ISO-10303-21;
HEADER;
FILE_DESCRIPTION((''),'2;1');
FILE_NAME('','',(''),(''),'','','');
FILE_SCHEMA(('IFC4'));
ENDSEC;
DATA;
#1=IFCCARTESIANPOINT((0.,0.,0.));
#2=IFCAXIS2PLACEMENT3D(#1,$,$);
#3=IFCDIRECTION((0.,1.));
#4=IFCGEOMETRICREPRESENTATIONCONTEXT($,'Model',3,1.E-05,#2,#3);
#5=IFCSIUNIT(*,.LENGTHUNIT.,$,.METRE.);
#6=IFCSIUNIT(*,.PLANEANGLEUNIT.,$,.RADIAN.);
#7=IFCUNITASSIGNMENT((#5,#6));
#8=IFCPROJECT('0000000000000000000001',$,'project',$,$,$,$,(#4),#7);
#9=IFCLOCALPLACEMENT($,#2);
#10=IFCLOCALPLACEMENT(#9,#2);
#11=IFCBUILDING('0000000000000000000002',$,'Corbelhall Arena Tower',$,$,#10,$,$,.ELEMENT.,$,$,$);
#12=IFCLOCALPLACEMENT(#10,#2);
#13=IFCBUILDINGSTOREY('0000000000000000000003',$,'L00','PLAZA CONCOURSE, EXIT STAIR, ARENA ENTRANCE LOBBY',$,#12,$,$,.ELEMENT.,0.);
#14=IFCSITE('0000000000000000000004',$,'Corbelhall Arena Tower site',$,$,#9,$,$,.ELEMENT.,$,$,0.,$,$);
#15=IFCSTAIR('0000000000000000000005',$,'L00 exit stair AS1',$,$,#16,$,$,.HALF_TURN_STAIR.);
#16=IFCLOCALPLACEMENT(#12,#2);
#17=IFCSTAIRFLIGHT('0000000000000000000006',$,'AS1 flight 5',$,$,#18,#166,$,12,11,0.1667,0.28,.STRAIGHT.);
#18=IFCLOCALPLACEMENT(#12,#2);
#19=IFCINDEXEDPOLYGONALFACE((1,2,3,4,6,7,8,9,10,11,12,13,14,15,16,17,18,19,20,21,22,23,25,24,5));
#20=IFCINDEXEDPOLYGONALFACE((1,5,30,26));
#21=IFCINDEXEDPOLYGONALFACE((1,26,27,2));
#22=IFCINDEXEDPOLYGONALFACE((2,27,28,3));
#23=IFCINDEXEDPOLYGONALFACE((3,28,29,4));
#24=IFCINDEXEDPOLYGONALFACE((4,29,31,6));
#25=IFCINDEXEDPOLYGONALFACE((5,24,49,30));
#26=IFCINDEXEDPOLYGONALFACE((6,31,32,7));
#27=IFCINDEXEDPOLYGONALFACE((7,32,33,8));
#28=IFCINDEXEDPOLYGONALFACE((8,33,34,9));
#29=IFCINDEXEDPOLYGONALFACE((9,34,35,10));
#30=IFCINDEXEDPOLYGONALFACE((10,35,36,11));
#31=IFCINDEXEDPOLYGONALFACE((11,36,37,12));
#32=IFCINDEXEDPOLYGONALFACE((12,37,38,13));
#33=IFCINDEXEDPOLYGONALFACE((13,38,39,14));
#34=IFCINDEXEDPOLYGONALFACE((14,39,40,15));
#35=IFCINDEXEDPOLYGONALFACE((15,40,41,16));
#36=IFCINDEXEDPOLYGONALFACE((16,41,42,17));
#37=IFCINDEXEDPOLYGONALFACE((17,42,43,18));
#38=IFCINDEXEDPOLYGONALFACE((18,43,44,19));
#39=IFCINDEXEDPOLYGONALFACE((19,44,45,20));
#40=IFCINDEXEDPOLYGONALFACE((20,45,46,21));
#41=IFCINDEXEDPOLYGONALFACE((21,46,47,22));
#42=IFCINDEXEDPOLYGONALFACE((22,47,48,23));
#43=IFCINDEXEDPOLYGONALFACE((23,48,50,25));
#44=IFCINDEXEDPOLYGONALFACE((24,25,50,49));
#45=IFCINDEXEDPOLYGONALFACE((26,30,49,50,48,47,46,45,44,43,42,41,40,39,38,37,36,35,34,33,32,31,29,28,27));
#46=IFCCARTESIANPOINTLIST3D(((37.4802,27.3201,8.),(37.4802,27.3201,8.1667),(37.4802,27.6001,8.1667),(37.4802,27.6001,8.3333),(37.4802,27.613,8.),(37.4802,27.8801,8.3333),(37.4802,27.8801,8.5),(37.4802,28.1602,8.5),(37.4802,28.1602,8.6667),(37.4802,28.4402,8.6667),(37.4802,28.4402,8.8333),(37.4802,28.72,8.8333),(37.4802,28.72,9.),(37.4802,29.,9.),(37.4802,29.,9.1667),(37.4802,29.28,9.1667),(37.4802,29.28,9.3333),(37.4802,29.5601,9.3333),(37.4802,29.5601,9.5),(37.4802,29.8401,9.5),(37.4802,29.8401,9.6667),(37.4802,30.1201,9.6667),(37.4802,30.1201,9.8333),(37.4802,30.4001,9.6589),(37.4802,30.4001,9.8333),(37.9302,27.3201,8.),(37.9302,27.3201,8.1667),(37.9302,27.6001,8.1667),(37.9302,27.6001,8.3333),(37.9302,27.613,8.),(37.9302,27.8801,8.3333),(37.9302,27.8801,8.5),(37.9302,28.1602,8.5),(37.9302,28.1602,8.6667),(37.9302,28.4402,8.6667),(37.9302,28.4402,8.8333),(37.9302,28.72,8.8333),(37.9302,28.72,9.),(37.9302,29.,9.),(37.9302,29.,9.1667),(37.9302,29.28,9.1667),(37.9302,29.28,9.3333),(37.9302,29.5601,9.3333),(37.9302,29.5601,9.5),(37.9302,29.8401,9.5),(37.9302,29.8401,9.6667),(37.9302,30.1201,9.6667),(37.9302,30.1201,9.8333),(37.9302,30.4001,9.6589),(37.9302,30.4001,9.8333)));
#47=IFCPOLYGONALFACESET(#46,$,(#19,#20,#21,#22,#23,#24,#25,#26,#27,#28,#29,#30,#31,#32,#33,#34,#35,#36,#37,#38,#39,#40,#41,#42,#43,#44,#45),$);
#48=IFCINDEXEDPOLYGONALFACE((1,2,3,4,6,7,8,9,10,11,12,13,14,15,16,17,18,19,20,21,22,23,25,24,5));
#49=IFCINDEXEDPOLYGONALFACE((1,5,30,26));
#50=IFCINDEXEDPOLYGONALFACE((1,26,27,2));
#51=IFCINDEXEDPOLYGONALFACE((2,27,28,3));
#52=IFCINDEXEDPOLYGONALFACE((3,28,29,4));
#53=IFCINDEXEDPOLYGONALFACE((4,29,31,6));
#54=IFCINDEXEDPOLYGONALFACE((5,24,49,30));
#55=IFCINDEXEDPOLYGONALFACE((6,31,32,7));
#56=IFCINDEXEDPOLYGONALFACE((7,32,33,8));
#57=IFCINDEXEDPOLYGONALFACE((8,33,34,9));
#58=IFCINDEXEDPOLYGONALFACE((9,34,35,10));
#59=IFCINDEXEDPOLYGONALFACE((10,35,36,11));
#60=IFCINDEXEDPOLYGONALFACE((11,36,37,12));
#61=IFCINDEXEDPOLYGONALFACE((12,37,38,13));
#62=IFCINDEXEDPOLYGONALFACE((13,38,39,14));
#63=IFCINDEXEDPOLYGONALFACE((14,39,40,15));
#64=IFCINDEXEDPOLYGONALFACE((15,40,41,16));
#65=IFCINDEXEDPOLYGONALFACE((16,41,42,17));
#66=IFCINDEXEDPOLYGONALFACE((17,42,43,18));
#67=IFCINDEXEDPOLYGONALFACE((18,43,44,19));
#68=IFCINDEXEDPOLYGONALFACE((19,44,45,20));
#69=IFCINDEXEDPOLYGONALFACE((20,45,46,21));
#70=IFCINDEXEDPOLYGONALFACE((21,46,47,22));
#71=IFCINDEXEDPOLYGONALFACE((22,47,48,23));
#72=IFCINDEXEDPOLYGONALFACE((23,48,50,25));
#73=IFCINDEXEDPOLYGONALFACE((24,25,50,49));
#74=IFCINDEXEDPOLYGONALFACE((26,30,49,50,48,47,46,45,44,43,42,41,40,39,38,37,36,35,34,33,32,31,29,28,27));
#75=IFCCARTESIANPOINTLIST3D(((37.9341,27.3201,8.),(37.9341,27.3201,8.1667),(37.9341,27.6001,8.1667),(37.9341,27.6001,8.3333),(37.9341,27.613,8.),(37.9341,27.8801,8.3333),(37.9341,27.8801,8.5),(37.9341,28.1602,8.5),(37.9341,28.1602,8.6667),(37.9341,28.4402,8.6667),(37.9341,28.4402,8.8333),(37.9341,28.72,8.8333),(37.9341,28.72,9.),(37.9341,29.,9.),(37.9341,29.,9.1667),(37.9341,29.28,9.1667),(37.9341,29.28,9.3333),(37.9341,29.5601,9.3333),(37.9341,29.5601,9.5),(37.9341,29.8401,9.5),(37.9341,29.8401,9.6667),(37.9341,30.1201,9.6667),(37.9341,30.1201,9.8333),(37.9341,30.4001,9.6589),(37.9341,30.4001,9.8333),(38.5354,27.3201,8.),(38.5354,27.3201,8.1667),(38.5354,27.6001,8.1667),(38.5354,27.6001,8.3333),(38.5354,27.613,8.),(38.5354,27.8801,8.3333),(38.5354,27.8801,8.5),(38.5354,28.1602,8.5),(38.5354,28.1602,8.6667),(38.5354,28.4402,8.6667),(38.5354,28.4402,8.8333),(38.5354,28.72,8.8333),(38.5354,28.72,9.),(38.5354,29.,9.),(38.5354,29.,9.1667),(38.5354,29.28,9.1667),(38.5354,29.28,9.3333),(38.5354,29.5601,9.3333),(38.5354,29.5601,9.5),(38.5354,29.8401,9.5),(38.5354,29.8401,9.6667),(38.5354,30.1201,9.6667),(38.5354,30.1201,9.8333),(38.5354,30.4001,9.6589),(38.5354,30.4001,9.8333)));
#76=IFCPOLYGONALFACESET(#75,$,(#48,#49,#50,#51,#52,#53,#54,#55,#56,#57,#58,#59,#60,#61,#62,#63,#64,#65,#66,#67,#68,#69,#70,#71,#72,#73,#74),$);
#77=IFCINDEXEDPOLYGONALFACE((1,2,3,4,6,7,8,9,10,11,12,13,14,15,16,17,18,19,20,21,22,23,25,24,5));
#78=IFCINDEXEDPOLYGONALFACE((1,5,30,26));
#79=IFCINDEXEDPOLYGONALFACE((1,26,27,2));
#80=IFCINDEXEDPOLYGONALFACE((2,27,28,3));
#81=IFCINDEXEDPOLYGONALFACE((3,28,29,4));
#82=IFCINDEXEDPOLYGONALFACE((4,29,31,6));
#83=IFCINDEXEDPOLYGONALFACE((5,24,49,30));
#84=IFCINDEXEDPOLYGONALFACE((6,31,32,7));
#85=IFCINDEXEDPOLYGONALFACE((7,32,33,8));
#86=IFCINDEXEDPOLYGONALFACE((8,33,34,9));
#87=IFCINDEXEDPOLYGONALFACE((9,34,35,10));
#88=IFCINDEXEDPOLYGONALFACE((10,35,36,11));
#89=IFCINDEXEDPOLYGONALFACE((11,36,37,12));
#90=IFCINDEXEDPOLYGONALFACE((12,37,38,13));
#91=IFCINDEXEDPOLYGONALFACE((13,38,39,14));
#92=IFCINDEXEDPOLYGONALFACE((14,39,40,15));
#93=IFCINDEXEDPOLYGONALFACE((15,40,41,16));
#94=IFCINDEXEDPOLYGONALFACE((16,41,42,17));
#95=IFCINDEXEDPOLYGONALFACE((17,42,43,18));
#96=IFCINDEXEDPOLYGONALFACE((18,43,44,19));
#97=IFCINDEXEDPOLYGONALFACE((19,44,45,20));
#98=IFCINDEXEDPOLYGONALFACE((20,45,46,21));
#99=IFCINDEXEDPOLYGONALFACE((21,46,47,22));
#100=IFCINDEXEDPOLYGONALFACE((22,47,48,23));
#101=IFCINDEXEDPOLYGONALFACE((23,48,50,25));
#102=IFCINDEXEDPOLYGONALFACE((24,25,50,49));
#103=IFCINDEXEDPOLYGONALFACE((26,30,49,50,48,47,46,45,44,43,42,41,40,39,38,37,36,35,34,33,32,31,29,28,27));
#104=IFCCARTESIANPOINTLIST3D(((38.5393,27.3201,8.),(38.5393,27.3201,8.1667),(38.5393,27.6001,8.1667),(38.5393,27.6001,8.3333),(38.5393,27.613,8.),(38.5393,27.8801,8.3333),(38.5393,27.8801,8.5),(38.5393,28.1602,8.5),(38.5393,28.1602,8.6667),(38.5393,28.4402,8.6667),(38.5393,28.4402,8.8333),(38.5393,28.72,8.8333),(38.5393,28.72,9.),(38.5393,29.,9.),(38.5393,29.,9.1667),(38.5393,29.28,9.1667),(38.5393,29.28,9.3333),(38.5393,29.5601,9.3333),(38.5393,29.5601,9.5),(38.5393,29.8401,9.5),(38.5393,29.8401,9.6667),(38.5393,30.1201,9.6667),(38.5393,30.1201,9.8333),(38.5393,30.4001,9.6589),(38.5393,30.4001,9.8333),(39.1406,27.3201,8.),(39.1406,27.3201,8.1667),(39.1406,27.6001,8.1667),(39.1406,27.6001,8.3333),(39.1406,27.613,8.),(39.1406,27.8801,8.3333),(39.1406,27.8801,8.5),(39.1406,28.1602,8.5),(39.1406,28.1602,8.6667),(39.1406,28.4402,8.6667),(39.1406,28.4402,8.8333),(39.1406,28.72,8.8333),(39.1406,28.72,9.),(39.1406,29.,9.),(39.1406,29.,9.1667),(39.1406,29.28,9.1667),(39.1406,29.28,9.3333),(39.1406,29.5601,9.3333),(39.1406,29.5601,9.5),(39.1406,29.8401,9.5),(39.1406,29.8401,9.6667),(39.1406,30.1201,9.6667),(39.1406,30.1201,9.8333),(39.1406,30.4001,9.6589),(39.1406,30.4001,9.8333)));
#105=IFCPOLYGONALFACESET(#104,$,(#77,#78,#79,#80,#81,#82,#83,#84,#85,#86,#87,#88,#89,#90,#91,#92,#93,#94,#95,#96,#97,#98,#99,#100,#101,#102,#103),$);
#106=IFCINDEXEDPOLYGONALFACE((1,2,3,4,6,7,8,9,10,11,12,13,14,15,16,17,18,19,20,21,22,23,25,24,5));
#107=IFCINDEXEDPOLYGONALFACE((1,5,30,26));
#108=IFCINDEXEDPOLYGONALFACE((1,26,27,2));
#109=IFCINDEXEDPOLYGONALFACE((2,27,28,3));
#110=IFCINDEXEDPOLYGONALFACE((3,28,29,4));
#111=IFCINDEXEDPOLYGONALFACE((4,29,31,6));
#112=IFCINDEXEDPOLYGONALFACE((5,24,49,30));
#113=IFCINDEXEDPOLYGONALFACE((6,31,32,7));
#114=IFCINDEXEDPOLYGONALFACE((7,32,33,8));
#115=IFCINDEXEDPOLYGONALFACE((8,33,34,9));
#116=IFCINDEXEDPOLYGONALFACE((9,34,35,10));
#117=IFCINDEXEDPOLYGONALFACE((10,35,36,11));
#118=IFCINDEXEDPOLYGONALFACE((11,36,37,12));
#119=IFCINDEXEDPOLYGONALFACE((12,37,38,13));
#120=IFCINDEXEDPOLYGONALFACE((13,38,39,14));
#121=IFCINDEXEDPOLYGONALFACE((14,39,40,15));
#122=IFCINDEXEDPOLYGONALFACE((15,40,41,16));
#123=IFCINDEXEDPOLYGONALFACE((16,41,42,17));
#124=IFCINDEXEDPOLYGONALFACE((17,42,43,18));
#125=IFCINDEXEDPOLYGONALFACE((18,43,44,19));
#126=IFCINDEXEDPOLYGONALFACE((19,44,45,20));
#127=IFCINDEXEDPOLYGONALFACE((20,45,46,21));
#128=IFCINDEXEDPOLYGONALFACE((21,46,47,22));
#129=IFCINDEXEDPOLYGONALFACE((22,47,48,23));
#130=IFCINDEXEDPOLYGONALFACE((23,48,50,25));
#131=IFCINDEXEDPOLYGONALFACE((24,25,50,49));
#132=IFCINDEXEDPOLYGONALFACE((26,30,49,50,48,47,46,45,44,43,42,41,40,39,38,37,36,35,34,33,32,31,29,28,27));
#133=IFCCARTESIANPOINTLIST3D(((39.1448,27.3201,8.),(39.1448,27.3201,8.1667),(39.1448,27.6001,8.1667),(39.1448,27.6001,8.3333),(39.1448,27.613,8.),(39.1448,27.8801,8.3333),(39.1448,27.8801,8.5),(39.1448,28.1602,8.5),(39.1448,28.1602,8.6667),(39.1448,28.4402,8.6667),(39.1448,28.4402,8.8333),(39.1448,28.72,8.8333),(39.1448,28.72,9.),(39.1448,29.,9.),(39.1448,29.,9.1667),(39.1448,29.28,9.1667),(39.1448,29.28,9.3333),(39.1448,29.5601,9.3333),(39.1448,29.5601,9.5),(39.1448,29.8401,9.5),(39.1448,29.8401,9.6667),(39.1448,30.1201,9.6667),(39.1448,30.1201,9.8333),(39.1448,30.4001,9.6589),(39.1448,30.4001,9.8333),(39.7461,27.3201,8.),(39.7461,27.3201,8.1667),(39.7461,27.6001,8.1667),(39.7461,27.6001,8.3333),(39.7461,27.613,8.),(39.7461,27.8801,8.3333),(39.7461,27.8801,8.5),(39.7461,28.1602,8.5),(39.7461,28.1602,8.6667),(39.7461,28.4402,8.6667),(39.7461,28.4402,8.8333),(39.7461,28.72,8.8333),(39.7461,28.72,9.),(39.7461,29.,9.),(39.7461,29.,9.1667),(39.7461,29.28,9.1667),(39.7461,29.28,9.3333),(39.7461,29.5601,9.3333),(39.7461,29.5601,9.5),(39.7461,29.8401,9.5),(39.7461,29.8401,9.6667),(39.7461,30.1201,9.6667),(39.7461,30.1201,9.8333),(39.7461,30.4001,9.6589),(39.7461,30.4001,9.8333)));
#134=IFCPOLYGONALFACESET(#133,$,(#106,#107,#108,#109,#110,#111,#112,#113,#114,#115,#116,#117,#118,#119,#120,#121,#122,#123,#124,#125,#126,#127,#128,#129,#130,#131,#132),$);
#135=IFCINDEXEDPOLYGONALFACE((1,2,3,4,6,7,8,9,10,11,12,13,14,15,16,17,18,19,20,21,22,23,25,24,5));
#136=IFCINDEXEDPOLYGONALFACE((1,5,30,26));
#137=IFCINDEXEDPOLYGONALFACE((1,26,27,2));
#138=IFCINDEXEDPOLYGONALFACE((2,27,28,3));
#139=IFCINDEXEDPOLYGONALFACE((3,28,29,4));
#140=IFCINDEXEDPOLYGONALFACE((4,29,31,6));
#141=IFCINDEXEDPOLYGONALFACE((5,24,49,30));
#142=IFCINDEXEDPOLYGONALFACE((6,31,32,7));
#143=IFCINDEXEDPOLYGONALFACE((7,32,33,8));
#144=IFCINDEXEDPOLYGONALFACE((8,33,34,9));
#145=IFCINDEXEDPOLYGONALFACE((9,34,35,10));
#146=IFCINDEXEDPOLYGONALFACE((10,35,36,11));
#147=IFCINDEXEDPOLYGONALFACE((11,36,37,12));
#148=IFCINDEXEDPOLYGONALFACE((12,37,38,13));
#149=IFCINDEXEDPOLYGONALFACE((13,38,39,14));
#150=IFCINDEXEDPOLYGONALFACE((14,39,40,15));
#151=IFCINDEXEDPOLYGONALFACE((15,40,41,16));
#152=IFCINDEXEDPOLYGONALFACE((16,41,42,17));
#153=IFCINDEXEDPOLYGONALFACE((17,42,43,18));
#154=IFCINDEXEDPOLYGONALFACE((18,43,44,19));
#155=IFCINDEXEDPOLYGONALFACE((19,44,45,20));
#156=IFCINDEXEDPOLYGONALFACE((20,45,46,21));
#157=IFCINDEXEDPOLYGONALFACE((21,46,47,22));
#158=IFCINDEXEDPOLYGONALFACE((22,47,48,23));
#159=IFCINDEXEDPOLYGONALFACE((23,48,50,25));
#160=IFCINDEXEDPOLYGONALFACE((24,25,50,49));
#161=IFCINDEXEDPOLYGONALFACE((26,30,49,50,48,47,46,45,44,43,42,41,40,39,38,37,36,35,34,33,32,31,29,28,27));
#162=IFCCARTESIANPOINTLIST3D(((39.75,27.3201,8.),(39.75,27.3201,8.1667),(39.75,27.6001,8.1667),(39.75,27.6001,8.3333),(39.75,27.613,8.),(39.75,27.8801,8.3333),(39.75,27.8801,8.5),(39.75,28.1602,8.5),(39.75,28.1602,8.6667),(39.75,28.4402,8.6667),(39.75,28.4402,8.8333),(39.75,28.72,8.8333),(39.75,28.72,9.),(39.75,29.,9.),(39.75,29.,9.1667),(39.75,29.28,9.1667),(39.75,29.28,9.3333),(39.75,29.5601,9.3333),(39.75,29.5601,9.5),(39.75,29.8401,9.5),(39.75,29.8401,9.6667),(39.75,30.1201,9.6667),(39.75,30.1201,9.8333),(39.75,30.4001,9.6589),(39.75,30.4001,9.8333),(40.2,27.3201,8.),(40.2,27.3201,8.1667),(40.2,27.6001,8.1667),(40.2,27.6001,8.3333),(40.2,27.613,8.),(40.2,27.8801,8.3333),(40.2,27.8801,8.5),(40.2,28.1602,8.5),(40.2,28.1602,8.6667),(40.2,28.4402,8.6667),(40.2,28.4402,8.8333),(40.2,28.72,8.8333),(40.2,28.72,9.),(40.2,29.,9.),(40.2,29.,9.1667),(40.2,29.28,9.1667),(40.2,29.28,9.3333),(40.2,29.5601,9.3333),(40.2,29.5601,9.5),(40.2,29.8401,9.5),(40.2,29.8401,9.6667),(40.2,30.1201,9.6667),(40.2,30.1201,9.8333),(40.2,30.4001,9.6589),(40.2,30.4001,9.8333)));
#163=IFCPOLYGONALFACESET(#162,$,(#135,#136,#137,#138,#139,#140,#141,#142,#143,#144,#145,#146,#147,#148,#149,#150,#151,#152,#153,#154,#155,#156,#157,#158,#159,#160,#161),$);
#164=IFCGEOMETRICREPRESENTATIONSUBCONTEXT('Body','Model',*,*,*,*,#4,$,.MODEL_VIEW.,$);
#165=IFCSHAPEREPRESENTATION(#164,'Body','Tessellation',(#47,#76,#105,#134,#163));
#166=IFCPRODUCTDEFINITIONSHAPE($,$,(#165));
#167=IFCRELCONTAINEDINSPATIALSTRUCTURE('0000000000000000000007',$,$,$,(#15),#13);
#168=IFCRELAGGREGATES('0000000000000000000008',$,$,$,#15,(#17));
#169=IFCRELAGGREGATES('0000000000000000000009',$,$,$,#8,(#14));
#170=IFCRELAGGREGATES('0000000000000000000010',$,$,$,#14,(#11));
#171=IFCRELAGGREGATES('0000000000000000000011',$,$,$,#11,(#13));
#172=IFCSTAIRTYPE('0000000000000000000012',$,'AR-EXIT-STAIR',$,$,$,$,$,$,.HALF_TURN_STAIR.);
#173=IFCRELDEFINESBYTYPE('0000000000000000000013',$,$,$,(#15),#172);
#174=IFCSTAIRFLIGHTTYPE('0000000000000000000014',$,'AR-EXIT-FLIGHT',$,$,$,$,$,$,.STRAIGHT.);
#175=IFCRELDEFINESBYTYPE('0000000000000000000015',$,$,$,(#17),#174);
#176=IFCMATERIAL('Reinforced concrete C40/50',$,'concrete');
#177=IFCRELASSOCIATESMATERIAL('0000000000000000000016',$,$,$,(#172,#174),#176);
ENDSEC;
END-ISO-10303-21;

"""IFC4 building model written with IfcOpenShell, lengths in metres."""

from ifc_helpers import new_model, si_unit, direction, frame, origin, place, context, subcontext, project, spatial, polyline, outline, extrude, material, type_object, element, aggregate, save


model = new_model("IFC4")

# Units and contexts
model_context = context("Model", 3, precision=1e-05, world=origin(), true_north=direction((0.0, 1.0)))
body_context = subcontext(model_context, "Body", "Model", "MODEL_VIEW")
ifc_project = project(units=[si_unit("LENGTHUNIT", "METRE"), si_unit("PLANEANGLEUNIT", "RADIAN")], contexts=[model_context])

# Site, building, storey
site_placement = place(None, origin())
site = spatial("IfcSite", under=ifc_project, at=site_placement, Name="Corbelhall Arena Tower site", CompositionType="ELEMENT", RefElevation=0.0)
building_placement = place(site_placement, origin())
building = spatial("IfcBuilding", under=site, at=building_placement, Name="Corbelhall Arena Tower", CompositionType="ELEMENT")
storey_placement = place(building_placement, origin())
storey = spatial("IfcBuildingStorey", under=building, at=storey_placement, Name="L00", Description="PLAZA CONCOURSE, EXIT STAIR, ARENA ENTRANCE LOBBY", CompositionType="ELEMENT", Elevation=0.0)

# Shared definitions
ifc_material_1 = material(Name="Reinforced concrete C40/50", Category="concrete")

# Stair, stair flight
stair_type = type_object("IfcStairType", Name="AR-EXIT-STAIR", PredefinedType="HALF_TURN_STAIR", material=ifc_material_1)
stair_1_placement = place(storey_placement, origin())
stair_1 = element("IfcStair", 1, at=stair_1_placement, inside=storey, type_object=stair_type, Name="L00 exit stair AS1", PredefinedType="HALF_TURN_STAIR")
stair_flight_type = type_object("IfcStairFlightType", Name="AR-EXIT-FLIGHT", PredefinedType="STRAIGHT", material=ifc_material_1)
stair_flight_1_placement = place(storey_placement, frame((38.8401, 27.3201, 8.0), z_axis=(0.0, 0.0, 1.0), x_axis=(0.0, 1.0, 0.0)))
stair_flight_1 = element("IfcStairFlight", 2, at=stair_flight_1_placement, type_object=stair_flight_type, Name="AS1 flight 5", NumberOfRisers=12, NumberOfTreads=11, PredefinedType="STRAIGHT", RiserHeight=0.1667, TreadLength=0.28, context=body_context, shape_type="SweptSolid", body=[
    extrude(outline(polyline([(0.0, 0.0), (0.0, 0.1667), (0.28, 0.1667), (0.28, 0.3333), (0.5601, 0.3333), (0.5601, 0.5), (0.8401, 0.5), (0.8401, 0.6667), (1.1201, 0.6667), (1.1201, 0.8333), (1.3999, 0.8333), (1.3999, 1.0), (1.6799, 1.0), (1.6799, 1.1667), (1.96, 1.1667), (1.96, 1.3333), (2.24, 1.3333), (2.24, 1.5), (2.52, 1.5), (2.52, 1.6667), (2.8, 1.6667), (2.8, 1.8333), (3.0801, 1.8333), (3.0801, 2.0), (3.0801, 1.6589), (0.293, 0.0), (0.0, 0.0)])), frame((0.0, 1.3599, 0.0), z_axis=(0.0, -1.0, 0.0), x_axis=(1.0, 0.0, 0.0)), (0.0, 0.0, 1.0), 0.45),
    extrude(outline(polyline([(0.0, 0.0), (0.0, 0.1667), (0.28, 0.1667), (0.28, 0.3333), (0.5601, 0.3333), (0.5601, 0.5), (0.8401, 0.5), (0.8401, 0.6667), (1.1201, 0.6667), (1.1201, 0.8333), (1.3999, 0.8333), (1.3999, 1.0), (1.6799, 1.0), (1.6799, 1.1667), (1.96, 1.1667), (1.96, 1.3333), (2.24, 1.3333), (2.24, 1.5), (2.52, 1.5), (2.52, 1.6667), (2.8, 1.6667), (2.8, 1.8333), (3.0801, 1.8333), (3.0801, 2.0), (3.0801, 1.6589), (0.293, 0.0), (0.0, 0.0)])), frame((0.0, 0.906, 0.0), z_axis=(0.0, -1.0, 0.0), x_axis=(1.0, 0.0, 0.0)), (0.0, 0.0, 1.0), 0.6013),
    extrude(outline(polyline([(0.0, 0.0), (0.0, 0.1667), (0.28, 0.1667), (0.28, 0.3333), (0.5601, 0.3333), (0.5601, 0.5), (0.8401, 0.5), (0.8401, 0.6667), (1.1201, 0.6667), (1.1201, 0.8333), (1.3999, 0.8333), (1.3999, 1.0), (1.6799, 1.0), (1.6799, 1.1667), (1.96, 1.1667), (1.96, 1.3333), (2.24, 1.3333), (2.24, 1.5), (2.52, 1.5), (2.52, 1.6667), (2.8, 1.6667), (2.8, 1.8333), (3.0801, 1.8333), (3.0801, 2.0), (3.0801, 1.6589), (0.293, 0.0), (0.0, 0.0)])), frame((0.0, 0.3008, 0.0), z_axis=(0.0, -1.0, 0.0), x_axis=(1.0, 0.0, 0.0)), (0.0, 0.0, 1.0), 0.6013),
    extrude(outline(polyline([(0.0, 0.0), (0.0, 0.1667), (0.28, 0.1667), (0.28, 0.3333), (0.5601, 0.3333), (0.5601, 0.5), (0.8401, 0.5), (0.8401, 0.6667), (1.1201, 0.6667), (1.1201, 0.8333), (1.3999, 0.8333), (1.3999, 1.0), (1.6799, 1.0), (1.6799, 1.1667), (1.96, 1.1667), (1.96, 1.3333), (2.24, 1.3333), (2.24, 1.5), (2.52, 1.5), (2.52, 1.6667), (2.8, 1.6667), (2.8, 1.8333), (3.0801, 1.8333), (3.0801, 2.0), (3.0801, 1.6589), (0.293, 0.0), (0.0, 0.0)])), frame((0.0, -0.3047, 0.0), z_axis=(0.0, -1.0, 0.0), x_axis=(1.0, 0.0, 0.0)), (0.0, 0.0, 1.0), 0.6013),
    extrude(outline(polyline([(0.0, 0.0), (0.0, 0.1667), (0.28, 0.1667), (0.28, 0.3333), (0.5601, 0.3333), (0.5601, 0.5), (0.8401, 0.5), (0.8401, 0.6667), (1.1201, 0.6667), (1.1201, 0.8333), (1.3999, 0.8333), (1.3999, 1.0), (1.6799, 1.0), (1.6799, 1.1667), (1.96, 1.1667), (1.96, 1.3333), (2.24, 1.3333), (2.24, 1.5), (2.52, 1.5), (2.52, 1.6667), (2.8, 1.6667), (2.8, 1.8333), (3.0801, 1.8333), (3.0801, 2.0), (3.0801, 1.6589), (0.293, 0.0), (0.0, 0.0)])), frame((0.0, -0.9099, 0.0), z_axis=(0.0, -1.0, 0.0), x_axis=(1.0, 0.0, 0.0)), (0.0, 0.0, 1.0), 0.45),
])
aggregate(stair_1, [stair_flight_1])

save(model, "model.ifc")
